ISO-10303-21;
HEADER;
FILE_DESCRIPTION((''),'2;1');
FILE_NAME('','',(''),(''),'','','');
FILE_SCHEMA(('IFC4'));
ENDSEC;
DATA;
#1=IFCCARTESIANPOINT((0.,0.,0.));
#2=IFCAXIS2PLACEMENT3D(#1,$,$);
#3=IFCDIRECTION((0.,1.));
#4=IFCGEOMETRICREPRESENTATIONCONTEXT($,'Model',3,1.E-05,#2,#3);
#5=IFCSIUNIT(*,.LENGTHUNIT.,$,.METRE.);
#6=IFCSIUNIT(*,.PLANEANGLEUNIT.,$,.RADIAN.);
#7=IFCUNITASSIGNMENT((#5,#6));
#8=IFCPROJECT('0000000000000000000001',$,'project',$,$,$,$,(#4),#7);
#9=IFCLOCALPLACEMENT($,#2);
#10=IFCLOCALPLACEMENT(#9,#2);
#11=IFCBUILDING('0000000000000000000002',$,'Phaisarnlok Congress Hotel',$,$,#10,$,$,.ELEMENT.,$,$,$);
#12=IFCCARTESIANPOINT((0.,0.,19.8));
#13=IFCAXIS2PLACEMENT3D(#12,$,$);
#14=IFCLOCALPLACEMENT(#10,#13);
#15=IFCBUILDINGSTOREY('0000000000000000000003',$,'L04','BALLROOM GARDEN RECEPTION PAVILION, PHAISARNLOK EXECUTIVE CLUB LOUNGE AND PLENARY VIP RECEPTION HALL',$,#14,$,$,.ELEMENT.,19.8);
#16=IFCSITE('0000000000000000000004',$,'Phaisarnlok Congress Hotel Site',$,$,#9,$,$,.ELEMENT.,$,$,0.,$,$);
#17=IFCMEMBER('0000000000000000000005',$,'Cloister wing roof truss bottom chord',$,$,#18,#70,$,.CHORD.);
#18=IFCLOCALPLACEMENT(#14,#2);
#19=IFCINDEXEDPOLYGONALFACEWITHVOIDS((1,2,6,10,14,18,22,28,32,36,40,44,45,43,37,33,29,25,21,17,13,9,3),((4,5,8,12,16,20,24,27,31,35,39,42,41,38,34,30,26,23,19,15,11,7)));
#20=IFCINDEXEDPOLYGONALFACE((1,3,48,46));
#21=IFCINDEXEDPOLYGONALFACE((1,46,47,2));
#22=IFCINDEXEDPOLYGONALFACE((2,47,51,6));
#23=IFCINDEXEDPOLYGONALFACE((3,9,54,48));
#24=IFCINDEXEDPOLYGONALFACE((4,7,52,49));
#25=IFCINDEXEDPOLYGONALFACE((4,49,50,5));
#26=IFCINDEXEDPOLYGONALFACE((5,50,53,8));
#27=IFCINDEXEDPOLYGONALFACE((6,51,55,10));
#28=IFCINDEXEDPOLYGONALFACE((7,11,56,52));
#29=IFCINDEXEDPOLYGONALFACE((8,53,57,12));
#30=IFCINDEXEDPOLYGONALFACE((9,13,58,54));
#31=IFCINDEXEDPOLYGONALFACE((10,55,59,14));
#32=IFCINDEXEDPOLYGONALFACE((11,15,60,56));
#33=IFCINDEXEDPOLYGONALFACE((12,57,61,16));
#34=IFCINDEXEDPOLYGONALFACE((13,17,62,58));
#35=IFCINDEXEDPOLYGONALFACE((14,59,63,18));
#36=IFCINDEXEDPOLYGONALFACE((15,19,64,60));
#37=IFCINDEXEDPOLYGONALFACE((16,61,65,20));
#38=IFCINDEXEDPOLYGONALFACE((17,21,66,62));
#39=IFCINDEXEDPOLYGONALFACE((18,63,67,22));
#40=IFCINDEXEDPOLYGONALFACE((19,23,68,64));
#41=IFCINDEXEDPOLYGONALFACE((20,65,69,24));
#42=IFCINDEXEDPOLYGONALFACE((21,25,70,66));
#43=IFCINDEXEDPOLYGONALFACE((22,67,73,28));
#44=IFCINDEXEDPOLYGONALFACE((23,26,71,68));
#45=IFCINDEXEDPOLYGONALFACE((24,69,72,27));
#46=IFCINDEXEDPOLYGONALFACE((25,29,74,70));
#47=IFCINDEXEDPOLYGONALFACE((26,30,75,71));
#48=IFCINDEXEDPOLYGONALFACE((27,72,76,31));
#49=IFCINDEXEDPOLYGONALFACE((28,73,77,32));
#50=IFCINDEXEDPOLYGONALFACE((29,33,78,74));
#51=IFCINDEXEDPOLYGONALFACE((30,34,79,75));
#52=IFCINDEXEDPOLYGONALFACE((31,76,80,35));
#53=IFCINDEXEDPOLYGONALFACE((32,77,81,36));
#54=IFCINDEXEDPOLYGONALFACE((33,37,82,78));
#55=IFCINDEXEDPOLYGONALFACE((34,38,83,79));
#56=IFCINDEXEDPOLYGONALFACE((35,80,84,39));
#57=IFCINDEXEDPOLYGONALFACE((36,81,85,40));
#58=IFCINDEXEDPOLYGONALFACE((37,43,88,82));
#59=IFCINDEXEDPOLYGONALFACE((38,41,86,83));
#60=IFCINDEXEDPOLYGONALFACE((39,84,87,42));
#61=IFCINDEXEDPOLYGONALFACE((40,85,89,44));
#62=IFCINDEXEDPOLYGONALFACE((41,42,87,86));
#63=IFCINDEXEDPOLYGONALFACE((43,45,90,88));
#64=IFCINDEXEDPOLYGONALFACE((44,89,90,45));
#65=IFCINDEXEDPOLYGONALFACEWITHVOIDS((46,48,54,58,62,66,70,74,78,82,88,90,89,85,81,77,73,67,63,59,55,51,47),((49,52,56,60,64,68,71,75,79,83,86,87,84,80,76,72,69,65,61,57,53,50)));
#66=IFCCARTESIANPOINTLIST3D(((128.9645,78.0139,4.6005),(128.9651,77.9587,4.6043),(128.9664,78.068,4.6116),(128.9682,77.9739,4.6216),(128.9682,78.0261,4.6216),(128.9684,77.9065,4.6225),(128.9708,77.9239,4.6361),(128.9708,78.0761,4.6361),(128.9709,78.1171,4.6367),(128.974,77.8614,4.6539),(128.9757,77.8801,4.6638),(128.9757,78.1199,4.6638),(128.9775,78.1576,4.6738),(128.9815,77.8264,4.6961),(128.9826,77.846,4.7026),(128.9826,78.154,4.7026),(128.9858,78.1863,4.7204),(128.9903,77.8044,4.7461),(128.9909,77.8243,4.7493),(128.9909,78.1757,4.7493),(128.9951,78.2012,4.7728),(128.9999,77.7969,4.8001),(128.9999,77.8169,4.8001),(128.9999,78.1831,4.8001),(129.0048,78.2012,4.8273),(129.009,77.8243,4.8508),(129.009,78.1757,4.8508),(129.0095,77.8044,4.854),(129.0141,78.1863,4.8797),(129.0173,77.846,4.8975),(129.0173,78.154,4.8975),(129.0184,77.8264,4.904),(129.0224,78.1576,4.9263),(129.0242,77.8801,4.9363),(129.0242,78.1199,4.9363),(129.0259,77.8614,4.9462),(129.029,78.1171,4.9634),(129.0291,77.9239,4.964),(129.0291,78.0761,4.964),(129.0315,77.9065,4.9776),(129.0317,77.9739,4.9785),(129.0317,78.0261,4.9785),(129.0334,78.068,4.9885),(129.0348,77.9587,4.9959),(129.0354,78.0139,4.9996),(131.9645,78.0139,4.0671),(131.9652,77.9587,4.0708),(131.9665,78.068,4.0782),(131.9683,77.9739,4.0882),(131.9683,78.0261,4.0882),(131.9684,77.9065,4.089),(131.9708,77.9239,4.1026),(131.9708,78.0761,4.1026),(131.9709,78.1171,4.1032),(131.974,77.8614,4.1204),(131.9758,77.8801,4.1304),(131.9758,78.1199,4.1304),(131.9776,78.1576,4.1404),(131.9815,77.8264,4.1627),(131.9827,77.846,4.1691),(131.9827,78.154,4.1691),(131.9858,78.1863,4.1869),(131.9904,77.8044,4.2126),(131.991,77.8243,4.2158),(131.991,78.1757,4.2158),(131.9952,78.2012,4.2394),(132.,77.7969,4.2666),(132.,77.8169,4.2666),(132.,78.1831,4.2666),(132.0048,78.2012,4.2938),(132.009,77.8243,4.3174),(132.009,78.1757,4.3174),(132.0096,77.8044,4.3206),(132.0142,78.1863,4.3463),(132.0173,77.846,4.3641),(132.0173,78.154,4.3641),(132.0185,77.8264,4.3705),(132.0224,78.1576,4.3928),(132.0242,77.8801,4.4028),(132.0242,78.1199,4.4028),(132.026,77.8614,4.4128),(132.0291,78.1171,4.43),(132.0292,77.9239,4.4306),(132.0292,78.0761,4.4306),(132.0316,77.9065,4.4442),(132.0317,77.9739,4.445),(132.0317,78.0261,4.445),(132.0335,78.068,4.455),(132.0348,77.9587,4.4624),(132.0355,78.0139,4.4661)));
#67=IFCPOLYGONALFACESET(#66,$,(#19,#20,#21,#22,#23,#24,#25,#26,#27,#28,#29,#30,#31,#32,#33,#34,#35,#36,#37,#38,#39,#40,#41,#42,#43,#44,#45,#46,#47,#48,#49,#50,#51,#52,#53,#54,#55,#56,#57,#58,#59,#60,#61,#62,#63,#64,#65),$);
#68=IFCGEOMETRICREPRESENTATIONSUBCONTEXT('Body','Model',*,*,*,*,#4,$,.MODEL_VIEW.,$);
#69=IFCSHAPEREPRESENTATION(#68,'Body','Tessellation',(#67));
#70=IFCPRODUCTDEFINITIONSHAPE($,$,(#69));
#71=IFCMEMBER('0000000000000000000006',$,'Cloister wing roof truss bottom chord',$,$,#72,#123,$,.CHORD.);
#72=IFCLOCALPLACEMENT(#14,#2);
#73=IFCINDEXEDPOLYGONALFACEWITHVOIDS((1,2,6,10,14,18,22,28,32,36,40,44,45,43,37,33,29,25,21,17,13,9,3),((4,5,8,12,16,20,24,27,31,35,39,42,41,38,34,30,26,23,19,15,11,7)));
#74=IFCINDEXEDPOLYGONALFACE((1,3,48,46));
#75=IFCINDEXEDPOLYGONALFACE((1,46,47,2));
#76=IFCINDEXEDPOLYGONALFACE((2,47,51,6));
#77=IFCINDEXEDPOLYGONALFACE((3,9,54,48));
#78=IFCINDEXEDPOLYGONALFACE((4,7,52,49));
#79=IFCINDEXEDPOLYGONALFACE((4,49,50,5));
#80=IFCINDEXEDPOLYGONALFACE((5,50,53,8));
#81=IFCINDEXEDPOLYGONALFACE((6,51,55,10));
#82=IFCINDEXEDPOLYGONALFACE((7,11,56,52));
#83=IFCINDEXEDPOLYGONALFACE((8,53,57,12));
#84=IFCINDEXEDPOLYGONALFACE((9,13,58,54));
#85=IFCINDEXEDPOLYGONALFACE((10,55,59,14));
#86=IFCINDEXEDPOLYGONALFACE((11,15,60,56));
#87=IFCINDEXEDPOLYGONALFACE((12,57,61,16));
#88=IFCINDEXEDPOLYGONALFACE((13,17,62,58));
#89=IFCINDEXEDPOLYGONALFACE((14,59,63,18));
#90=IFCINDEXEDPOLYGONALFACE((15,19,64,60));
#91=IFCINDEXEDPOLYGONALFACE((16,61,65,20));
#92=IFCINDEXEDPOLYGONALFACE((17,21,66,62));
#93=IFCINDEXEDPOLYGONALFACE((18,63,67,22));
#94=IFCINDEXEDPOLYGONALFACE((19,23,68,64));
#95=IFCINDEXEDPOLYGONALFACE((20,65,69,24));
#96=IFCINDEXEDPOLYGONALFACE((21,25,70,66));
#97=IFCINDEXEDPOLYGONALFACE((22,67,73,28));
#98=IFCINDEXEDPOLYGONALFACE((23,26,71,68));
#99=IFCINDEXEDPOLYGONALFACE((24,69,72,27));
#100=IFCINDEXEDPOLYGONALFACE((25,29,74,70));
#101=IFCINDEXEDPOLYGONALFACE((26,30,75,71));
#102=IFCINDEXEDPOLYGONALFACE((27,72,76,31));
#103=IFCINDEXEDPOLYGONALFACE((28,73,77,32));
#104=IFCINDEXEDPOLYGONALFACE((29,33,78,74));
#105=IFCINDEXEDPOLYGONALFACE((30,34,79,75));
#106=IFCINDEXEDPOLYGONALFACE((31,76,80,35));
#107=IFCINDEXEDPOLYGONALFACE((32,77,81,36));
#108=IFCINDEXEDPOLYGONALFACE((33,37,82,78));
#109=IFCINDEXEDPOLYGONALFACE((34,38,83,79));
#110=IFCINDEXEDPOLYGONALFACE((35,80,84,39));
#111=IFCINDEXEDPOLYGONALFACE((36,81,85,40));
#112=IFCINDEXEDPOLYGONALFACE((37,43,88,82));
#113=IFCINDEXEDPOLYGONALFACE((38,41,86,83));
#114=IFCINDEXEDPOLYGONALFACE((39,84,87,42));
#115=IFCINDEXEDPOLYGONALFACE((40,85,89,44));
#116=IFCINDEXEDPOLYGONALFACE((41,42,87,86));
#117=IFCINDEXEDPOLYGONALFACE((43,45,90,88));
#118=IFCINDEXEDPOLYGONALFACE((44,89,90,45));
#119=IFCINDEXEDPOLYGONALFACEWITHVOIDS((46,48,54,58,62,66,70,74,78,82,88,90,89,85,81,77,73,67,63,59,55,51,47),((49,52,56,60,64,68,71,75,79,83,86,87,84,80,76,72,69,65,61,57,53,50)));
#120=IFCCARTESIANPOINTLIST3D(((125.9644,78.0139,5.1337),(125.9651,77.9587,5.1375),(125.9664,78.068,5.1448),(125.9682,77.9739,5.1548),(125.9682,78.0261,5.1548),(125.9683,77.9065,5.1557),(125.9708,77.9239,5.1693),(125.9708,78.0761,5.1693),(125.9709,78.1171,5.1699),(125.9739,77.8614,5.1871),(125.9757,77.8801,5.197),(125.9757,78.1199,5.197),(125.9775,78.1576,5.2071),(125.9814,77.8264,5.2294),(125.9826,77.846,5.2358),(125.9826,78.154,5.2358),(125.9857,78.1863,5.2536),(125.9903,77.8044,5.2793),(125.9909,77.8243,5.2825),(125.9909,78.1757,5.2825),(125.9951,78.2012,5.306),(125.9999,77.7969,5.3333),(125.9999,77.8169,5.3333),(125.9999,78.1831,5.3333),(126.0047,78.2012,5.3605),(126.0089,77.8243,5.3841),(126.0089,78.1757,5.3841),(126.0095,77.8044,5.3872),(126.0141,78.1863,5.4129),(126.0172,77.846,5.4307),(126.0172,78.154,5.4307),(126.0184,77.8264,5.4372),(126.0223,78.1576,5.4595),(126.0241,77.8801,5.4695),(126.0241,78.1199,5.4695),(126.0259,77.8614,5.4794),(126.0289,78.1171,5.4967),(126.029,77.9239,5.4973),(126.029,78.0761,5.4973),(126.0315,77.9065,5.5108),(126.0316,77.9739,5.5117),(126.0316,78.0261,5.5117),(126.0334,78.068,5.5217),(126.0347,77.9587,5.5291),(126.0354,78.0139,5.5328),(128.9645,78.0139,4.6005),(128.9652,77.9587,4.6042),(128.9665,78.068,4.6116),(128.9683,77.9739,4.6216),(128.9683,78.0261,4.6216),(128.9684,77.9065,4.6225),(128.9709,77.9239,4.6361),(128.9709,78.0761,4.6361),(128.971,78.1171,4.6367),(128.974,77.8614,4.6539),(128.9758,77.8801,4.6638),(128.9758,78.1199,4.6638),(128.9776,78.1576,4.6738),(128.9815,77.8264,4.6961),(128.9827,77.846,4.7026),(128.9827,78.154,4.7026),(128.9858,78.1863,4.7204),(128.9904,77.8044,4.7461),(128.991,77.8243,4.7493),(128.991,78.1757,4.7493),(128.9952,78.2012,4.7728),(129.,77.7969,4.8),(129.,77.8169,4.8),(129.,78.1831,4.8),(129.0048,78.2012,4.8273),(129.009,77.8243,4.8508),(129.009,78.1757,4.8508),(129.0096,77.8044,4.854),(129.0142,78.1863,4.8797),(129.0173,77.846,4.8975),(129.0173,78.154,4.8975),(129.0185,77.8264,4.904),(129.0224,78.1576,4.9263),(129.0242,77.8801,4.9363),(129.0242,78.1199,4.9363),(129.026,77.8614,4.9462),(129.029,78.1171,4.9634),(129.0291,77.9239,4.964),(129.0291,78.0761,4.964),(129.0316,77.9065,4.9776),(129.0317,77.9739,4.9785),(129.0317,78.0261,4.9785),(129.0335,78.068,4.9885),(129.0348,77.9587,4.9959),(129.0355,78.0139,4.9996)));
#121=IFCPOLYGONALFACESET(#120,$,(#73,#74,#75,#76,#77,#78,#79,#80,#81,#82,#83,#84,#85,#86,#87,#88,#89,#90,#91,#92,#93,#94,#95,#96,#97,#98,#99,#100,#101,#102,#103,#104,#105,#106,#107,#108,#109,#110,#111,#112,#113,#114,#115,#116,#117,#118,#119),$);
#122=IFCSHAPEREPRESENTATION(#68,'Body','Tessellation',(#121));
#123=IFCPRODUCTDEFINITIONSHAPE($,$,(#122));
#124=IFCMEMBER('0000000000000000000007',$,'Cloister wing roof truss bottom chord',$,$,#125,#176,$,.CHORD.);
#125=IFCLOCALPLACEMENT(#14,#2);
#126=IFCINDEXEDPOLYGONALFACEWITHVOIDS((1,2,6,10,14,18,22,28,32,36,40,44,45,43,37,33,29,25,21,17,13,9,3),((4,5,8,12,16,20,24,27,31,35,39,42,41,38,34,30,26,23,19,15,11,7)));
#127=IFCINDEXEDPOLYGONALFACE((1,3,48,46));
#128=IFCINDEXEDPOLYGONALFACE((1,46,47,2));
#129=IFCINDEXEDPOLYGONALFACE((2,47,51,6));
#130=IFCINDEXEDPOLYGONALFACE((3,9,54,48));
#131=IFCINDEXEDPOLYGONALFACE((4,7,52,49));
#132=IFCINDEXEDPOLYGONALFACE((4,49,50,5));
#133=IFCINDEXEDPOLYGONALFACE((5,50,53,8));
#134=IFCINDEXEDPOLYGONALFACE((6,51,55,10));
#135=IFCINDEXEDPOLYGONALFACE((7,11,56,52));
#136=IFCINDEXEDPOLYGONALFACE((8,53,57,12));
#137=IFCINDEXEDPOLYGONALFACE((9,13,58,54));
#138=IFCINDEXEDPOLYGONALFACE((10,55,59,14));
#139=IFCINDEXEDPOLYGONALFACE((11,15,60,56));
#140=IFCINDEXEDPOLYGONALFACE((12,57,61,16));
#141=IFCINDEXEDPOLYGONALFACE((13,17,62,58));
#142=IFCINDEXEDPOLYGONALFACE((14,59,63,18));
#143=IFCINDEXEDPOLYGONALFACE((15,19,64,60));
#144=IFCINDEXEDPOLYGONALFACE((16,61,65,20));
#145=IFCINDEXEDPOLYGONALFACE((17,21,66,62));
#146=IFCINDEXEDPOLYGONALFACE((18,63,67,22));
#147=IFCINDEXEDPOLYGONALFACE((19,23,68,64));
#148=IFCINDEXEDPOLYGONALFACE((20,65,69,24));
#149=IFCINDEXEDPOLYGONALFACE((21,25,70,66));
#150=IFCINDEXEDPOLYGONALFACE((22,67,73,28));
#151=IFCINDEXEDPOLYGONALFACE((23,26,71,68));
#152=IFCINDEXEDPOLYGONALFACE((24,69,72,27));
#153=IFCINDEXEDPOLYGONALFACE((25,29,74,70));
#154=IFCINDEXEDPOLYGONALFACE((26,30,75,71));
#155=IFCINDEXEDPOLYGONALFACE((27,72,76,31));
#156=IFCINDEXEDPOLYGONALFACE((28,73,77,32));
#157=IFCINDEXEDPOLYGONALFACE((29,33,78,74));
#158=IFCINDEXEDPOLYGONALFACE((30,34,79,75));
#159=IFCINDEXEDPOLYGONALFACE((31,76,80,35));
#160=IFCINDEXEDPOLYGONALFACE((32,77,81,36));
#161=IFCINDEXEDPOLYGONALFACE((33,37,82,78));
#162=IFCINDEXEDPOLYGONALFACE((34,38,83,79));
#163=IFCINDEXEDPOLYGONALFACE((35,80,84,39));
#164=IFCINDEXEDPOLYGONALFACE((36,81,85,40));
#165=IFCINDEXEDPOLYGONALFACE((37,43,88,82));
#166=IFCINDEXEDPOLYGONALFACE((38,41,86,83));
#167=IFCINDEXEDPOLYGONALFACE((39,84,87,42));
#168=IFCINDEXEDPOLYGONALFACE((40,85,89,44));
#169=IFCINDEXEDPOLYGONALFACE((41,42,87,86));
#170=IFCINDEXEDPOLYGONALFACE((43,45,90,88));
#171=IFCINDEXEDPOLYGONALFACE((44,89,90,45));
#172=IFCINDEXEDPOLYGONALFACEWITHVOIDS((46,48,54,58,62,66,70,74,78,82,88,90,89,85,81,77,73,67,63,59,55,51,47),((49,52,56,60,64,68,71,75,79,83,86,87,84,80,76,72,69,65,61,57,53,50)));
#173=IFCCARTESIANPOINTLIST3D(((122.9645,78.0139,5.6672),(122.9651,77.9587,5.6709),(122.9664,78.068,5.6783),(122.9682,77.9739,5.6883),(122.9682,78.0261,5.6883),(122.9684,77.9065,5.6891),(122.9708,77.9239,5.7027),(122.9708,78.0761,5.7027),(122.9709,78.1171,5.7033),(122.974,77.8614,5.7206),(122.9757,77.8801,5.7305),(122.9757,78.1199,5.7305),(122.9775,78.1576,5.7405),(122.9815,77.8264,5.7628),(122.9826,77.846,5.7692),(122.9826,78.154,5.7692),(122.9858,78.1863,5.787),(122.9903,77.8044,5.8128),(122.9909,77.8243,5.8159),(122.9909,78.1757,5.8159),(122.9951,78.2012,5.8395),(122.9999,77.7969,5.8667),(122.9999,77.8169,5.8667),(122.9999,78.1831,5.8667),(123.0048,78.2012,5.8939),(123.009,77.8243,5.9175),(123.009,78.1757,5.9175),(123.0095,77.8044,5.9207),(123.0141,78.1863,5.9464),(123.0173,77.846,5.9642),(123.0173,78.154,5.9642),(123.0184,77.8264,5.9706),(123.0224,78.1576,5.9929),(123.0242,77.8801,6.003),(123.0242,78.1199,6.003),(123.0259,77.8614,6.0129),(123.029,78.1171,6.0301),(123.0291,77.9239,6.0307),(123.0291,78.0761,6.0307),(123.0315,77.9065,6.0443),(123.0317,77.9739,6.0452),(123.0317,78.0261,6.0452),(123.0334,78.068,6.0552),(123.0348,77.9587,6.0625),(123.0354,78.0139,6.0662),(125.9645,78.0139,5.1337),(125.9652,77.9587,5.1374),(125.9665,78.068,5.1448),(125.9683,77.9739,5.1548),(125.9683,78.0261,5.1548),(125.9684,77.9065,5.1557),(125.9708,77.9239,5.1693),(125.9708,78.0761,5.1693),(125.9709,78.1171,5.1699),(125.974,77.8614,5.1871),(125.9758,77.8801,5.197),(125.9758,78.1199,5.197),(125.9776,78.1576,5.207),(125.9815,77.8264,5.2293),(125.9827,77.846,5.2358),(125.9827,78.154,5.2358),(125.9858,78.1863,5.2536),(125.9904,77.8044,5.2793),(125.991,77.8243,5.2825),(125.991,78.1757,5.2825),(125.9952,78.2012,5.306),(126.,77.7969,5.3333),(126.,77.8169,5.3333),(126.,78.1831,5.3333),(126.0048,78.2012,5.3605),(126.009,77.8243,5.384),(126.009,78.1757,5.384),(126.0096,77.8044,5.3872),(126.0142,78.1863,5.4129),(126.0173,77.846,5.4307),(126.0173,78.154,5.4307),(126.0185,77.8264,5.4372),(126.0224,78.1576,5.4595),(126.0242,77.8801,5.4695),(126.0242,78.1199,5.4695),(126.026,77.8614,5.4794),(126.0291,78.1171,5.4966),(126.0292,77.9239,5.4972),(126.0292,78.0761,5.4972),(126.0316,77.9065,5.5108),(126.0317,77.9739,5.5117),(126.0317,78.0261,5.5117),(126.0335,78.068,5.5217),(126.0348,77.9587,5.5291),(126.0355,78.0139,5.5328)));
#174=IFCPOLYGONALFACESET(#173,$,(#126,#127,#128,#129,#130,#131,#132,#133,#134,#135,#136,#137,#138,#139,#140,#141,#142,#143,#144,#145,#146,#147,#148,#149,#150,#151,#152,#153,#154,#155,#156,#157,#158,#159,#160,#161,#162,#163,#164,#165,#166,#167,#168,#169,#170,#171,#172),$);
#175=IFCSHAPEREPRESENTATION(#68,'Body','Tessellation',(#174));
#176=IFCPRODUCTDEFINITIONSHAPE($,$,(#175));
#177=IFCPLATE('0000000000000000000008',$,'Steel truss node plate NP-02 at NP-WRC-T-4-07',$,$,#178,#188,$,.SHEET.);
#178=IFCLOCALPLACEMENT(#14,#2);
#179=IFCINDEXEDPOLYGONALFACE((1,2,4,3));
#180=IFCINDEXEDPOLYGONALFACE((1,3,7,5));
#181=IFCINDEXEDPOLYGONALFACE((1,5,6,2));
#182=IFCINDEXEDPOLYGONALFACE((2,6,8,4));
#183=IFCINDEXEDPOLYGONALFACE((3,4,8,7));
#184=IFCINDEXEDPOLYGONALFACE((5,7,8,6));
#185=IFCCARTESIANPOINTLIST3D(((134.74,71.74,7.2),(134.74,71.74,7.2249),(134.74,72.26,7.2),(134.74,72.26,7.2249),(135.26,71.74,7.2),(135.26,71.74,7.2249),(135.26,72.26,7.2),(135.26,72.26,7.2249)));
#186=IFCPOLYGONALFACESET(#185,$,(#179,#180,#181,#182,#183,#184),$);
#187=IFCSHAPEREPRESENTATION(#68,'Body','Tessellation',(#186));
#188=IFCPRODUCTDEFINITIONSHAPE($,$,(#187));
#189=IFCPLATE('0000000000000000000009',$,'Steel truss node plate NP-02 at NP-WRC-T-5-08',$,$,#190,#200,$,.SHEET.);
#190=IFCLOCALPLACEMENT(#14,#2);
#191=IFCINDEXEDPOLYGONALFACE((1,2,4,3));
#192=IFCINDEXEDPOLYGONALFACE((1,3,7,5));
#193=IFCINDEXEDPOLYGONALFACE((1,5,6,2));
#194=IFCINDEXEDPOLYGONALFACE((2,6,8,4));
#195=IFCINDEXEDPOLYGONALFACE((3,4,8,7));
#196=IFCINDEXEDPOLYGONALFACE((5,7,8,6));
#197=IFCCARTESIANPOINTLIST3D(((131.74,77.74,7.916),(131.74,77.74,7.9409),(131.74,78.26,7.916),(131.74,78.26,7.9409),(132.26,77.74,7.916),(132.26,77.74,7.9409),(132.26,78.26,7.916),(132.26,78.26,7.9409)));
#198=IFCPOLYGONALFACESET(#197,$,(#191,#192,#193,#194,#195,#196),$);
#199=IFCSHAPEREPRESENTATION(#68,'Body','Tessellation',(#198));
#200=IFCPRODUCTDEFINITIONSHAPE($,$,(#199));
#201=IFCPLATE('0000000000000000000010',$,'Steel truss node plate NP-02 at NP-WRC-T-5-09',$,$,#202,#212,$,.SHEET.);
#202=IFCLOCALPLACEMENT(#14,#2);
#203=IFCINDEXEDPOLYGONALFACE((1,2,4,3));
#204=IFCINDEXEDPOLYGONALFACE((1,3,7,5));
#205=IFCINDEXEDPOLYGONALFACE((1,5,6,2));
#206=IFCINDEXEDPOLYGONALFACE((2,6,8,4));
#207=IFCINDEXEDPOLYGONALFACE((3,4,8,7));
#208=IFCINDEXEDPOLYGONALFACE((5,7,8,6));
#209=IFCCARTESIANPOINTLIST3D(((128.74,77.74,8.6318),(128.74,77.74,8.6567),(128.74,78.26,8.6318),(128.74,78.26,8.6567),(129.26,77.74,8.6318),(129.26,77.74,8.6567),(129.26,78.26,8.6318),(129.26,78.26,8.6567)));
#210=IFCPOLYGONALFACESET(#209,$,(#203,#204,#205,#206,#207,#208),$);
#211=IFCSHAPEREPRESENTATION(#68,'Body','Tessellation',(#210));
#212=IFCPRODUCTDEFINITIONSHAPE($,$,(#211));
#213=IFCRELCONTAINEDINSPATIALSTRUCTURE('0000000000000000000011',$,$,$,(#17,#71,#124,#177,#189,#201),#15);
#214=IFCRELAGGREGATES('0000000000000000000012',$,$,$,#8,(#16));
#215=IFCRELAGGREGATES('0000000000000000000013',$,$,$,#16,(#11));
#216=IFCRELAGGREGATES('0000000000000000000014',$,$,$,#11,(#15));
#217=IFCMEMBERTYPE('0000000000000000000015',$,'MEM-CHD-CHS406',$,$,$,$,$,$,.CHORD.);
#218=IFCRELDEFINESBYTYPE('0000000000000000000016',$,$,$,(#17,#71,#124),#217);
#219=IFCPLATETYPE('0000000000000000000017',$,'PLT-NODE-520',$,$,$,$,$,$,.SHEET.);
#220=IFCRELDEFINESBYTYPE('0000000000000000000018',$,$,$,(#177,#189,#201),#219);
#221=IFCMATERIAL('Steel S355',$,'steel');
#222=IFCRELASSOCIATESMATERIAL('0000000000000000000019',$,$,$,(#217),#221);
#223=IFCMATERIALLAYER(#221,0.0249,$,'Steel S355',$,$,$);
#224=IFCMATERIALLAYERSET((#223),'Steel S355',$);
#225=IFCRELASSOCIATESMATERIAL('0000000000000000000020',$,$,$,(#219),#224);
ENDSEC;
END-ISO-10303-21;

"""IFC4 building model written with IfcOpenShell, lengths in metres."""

from ifc_helpers import new_model, si_unit, direction, frame, origin, origin_2d, place, context, subcontext, project, spatial, rectangle, hollow_circle, extrude, material, layer, layer_set, material_profile, profile_set, type_object, element, save


model = new_model("IFC4")

# Units and contexts
model_context = context("Model", 3, precision=1e-05, world=origin(), true_north=direction((0.0, 1.0)))
body_context = subcontext(model_context, "Body", "Model", "MODEL_VIEW")
ifc_project = project(units=[si_unit("LENGTHUNIT", "METRE"), si_unit("PLANEANGLEUNIT", "RADIAN")], contexts=[model_context])

# Site, building, storey
site_placement = place(None, origin())
site = spatial("IfcSite", under=ifc_project, at=site_placement, Name="Phaisarnlok Congress Hotel Site", CompositionType="ELEMENT", RefElevation=0.0)
building_placement = place(site_placement, origin())
building = spatial("IfcBuilding", under=site, at=building_placement, Name="Phaisarnlok Congress Hotel", CompositionType="ELEMENT")
storey_placement = place(building_placement, frame((0.0, 0.0, 19.8)))
storey = spatial("IfcBuildingStorey", under=building, at=storey_placement, Name="L04", Description="BALLROOM GARDEN RECEPTION PAVILION, PHAISARNLOK EXECUTIVE CLUB LOUNGE AND PLENARY VIP RECEPTION HALL", CompositionType="ELEMENT", Elevation=19.8)

# Shared definitions
ifc_material_1 = material(Name="Steel S355", Category="steel")

# Members
ifc_material_profile_1 = material_profile(ifc_material_1, hollow_circle(Radius=0.2031, WallThickness=0.02, at=origin_2d()), Name="CHS 406.4x20")
ifc_profile_set_1 = profile_set([ifc_material_profile_1], Name="Steel S355")
member_type_1 = type_object("IfcMemberType", Name="MEM-CHD-CHS406", PredefinedType="CHORD", material=ifc_profile_set_1)
for number, where, z_axis, x_axis, name in (
    (1, (132.0, 78.0, 4.2666), (-0.984556, 0.0, 0.17507), (0.0, -1.0, 0.0), "Cloister wing roof truss bottom chord"),
    (2, (129.0, 78.0, 4.8), (-0.98457, 0.0, 0.174992), (0.0, -1.0, 0.0), "Cloister wing roof truss bottom chord"),
    (3, (126.0, 78.0, 5.3333), (-0.984556, 0.0, 0.17507), (0.0, -1.0, 0.0), "Cloister wing roof truss bottom chord"),
):
    element("IfcMember", number, at=place(storey_placement, frame(where, z_axis=z_axis, x_axis=x_axis)), inside=storey, type_object=member_type_1, Name=name, PredefinedType="CHORD", context=body_context, shape_type="SweptSolid", body=[
        extrude(hollow_circle(Radius=0.2031, WallThickness=0.02, at=origin_2d()), origin(), (0.0, 0.0, 1.0), 3.0471),
    ])

# Plates
ifc_layer_1 = layer(ifc_material_1, 0.0249, Name="Steel S355")
ifc_layer_set_1 = layer_set([ifc_layer_1], Name="Steel S355")
plate_type_1 = type_object("IfcPlateType", Name="PLT-NODE-520", PredefinedType="SHEET", material=ifc_layer_set_1)
for number, where, z_axis, x_axis, name in (
    (4, (135.0, 72.0, 7.2), (0.0, 0.0, 1.0), (1.0, 0.0, 0.0), "Steel truss node plate NP-02 at NP-WRC-T-4-07"),
    (5, (132.0, 78.0, 7.916), (0.0, 0.0, 1.0), (1.0, 0.0, 0.0), "Steel truss node plate NP-02 at NP-WRC-T-5-08"),
    (6, (129.0, 78.0, 8.6318), (0.0, 0.0, 1.0), (1.0, 0.0, 0.0), "Steel truss node plate NP-02 at NP-WRC-T-5-09"),
):
    element("IfcPlate", number, at=place(storey_placement, frame(where, z_axis=z_axis, x_axis=x_axis)), inside=storey, type_object=plate_type_1, Name=name, PredefinedType="SHEET", context=body_context, shape_type="SweptSolid", body=[
        extrude(rectangle(XDim=0.52, YDim=0.52, at=origin_2d()), origin(), (0.0, 0.0, 1.0), 0.0249),
    ])

save(model, "model.ifc")
